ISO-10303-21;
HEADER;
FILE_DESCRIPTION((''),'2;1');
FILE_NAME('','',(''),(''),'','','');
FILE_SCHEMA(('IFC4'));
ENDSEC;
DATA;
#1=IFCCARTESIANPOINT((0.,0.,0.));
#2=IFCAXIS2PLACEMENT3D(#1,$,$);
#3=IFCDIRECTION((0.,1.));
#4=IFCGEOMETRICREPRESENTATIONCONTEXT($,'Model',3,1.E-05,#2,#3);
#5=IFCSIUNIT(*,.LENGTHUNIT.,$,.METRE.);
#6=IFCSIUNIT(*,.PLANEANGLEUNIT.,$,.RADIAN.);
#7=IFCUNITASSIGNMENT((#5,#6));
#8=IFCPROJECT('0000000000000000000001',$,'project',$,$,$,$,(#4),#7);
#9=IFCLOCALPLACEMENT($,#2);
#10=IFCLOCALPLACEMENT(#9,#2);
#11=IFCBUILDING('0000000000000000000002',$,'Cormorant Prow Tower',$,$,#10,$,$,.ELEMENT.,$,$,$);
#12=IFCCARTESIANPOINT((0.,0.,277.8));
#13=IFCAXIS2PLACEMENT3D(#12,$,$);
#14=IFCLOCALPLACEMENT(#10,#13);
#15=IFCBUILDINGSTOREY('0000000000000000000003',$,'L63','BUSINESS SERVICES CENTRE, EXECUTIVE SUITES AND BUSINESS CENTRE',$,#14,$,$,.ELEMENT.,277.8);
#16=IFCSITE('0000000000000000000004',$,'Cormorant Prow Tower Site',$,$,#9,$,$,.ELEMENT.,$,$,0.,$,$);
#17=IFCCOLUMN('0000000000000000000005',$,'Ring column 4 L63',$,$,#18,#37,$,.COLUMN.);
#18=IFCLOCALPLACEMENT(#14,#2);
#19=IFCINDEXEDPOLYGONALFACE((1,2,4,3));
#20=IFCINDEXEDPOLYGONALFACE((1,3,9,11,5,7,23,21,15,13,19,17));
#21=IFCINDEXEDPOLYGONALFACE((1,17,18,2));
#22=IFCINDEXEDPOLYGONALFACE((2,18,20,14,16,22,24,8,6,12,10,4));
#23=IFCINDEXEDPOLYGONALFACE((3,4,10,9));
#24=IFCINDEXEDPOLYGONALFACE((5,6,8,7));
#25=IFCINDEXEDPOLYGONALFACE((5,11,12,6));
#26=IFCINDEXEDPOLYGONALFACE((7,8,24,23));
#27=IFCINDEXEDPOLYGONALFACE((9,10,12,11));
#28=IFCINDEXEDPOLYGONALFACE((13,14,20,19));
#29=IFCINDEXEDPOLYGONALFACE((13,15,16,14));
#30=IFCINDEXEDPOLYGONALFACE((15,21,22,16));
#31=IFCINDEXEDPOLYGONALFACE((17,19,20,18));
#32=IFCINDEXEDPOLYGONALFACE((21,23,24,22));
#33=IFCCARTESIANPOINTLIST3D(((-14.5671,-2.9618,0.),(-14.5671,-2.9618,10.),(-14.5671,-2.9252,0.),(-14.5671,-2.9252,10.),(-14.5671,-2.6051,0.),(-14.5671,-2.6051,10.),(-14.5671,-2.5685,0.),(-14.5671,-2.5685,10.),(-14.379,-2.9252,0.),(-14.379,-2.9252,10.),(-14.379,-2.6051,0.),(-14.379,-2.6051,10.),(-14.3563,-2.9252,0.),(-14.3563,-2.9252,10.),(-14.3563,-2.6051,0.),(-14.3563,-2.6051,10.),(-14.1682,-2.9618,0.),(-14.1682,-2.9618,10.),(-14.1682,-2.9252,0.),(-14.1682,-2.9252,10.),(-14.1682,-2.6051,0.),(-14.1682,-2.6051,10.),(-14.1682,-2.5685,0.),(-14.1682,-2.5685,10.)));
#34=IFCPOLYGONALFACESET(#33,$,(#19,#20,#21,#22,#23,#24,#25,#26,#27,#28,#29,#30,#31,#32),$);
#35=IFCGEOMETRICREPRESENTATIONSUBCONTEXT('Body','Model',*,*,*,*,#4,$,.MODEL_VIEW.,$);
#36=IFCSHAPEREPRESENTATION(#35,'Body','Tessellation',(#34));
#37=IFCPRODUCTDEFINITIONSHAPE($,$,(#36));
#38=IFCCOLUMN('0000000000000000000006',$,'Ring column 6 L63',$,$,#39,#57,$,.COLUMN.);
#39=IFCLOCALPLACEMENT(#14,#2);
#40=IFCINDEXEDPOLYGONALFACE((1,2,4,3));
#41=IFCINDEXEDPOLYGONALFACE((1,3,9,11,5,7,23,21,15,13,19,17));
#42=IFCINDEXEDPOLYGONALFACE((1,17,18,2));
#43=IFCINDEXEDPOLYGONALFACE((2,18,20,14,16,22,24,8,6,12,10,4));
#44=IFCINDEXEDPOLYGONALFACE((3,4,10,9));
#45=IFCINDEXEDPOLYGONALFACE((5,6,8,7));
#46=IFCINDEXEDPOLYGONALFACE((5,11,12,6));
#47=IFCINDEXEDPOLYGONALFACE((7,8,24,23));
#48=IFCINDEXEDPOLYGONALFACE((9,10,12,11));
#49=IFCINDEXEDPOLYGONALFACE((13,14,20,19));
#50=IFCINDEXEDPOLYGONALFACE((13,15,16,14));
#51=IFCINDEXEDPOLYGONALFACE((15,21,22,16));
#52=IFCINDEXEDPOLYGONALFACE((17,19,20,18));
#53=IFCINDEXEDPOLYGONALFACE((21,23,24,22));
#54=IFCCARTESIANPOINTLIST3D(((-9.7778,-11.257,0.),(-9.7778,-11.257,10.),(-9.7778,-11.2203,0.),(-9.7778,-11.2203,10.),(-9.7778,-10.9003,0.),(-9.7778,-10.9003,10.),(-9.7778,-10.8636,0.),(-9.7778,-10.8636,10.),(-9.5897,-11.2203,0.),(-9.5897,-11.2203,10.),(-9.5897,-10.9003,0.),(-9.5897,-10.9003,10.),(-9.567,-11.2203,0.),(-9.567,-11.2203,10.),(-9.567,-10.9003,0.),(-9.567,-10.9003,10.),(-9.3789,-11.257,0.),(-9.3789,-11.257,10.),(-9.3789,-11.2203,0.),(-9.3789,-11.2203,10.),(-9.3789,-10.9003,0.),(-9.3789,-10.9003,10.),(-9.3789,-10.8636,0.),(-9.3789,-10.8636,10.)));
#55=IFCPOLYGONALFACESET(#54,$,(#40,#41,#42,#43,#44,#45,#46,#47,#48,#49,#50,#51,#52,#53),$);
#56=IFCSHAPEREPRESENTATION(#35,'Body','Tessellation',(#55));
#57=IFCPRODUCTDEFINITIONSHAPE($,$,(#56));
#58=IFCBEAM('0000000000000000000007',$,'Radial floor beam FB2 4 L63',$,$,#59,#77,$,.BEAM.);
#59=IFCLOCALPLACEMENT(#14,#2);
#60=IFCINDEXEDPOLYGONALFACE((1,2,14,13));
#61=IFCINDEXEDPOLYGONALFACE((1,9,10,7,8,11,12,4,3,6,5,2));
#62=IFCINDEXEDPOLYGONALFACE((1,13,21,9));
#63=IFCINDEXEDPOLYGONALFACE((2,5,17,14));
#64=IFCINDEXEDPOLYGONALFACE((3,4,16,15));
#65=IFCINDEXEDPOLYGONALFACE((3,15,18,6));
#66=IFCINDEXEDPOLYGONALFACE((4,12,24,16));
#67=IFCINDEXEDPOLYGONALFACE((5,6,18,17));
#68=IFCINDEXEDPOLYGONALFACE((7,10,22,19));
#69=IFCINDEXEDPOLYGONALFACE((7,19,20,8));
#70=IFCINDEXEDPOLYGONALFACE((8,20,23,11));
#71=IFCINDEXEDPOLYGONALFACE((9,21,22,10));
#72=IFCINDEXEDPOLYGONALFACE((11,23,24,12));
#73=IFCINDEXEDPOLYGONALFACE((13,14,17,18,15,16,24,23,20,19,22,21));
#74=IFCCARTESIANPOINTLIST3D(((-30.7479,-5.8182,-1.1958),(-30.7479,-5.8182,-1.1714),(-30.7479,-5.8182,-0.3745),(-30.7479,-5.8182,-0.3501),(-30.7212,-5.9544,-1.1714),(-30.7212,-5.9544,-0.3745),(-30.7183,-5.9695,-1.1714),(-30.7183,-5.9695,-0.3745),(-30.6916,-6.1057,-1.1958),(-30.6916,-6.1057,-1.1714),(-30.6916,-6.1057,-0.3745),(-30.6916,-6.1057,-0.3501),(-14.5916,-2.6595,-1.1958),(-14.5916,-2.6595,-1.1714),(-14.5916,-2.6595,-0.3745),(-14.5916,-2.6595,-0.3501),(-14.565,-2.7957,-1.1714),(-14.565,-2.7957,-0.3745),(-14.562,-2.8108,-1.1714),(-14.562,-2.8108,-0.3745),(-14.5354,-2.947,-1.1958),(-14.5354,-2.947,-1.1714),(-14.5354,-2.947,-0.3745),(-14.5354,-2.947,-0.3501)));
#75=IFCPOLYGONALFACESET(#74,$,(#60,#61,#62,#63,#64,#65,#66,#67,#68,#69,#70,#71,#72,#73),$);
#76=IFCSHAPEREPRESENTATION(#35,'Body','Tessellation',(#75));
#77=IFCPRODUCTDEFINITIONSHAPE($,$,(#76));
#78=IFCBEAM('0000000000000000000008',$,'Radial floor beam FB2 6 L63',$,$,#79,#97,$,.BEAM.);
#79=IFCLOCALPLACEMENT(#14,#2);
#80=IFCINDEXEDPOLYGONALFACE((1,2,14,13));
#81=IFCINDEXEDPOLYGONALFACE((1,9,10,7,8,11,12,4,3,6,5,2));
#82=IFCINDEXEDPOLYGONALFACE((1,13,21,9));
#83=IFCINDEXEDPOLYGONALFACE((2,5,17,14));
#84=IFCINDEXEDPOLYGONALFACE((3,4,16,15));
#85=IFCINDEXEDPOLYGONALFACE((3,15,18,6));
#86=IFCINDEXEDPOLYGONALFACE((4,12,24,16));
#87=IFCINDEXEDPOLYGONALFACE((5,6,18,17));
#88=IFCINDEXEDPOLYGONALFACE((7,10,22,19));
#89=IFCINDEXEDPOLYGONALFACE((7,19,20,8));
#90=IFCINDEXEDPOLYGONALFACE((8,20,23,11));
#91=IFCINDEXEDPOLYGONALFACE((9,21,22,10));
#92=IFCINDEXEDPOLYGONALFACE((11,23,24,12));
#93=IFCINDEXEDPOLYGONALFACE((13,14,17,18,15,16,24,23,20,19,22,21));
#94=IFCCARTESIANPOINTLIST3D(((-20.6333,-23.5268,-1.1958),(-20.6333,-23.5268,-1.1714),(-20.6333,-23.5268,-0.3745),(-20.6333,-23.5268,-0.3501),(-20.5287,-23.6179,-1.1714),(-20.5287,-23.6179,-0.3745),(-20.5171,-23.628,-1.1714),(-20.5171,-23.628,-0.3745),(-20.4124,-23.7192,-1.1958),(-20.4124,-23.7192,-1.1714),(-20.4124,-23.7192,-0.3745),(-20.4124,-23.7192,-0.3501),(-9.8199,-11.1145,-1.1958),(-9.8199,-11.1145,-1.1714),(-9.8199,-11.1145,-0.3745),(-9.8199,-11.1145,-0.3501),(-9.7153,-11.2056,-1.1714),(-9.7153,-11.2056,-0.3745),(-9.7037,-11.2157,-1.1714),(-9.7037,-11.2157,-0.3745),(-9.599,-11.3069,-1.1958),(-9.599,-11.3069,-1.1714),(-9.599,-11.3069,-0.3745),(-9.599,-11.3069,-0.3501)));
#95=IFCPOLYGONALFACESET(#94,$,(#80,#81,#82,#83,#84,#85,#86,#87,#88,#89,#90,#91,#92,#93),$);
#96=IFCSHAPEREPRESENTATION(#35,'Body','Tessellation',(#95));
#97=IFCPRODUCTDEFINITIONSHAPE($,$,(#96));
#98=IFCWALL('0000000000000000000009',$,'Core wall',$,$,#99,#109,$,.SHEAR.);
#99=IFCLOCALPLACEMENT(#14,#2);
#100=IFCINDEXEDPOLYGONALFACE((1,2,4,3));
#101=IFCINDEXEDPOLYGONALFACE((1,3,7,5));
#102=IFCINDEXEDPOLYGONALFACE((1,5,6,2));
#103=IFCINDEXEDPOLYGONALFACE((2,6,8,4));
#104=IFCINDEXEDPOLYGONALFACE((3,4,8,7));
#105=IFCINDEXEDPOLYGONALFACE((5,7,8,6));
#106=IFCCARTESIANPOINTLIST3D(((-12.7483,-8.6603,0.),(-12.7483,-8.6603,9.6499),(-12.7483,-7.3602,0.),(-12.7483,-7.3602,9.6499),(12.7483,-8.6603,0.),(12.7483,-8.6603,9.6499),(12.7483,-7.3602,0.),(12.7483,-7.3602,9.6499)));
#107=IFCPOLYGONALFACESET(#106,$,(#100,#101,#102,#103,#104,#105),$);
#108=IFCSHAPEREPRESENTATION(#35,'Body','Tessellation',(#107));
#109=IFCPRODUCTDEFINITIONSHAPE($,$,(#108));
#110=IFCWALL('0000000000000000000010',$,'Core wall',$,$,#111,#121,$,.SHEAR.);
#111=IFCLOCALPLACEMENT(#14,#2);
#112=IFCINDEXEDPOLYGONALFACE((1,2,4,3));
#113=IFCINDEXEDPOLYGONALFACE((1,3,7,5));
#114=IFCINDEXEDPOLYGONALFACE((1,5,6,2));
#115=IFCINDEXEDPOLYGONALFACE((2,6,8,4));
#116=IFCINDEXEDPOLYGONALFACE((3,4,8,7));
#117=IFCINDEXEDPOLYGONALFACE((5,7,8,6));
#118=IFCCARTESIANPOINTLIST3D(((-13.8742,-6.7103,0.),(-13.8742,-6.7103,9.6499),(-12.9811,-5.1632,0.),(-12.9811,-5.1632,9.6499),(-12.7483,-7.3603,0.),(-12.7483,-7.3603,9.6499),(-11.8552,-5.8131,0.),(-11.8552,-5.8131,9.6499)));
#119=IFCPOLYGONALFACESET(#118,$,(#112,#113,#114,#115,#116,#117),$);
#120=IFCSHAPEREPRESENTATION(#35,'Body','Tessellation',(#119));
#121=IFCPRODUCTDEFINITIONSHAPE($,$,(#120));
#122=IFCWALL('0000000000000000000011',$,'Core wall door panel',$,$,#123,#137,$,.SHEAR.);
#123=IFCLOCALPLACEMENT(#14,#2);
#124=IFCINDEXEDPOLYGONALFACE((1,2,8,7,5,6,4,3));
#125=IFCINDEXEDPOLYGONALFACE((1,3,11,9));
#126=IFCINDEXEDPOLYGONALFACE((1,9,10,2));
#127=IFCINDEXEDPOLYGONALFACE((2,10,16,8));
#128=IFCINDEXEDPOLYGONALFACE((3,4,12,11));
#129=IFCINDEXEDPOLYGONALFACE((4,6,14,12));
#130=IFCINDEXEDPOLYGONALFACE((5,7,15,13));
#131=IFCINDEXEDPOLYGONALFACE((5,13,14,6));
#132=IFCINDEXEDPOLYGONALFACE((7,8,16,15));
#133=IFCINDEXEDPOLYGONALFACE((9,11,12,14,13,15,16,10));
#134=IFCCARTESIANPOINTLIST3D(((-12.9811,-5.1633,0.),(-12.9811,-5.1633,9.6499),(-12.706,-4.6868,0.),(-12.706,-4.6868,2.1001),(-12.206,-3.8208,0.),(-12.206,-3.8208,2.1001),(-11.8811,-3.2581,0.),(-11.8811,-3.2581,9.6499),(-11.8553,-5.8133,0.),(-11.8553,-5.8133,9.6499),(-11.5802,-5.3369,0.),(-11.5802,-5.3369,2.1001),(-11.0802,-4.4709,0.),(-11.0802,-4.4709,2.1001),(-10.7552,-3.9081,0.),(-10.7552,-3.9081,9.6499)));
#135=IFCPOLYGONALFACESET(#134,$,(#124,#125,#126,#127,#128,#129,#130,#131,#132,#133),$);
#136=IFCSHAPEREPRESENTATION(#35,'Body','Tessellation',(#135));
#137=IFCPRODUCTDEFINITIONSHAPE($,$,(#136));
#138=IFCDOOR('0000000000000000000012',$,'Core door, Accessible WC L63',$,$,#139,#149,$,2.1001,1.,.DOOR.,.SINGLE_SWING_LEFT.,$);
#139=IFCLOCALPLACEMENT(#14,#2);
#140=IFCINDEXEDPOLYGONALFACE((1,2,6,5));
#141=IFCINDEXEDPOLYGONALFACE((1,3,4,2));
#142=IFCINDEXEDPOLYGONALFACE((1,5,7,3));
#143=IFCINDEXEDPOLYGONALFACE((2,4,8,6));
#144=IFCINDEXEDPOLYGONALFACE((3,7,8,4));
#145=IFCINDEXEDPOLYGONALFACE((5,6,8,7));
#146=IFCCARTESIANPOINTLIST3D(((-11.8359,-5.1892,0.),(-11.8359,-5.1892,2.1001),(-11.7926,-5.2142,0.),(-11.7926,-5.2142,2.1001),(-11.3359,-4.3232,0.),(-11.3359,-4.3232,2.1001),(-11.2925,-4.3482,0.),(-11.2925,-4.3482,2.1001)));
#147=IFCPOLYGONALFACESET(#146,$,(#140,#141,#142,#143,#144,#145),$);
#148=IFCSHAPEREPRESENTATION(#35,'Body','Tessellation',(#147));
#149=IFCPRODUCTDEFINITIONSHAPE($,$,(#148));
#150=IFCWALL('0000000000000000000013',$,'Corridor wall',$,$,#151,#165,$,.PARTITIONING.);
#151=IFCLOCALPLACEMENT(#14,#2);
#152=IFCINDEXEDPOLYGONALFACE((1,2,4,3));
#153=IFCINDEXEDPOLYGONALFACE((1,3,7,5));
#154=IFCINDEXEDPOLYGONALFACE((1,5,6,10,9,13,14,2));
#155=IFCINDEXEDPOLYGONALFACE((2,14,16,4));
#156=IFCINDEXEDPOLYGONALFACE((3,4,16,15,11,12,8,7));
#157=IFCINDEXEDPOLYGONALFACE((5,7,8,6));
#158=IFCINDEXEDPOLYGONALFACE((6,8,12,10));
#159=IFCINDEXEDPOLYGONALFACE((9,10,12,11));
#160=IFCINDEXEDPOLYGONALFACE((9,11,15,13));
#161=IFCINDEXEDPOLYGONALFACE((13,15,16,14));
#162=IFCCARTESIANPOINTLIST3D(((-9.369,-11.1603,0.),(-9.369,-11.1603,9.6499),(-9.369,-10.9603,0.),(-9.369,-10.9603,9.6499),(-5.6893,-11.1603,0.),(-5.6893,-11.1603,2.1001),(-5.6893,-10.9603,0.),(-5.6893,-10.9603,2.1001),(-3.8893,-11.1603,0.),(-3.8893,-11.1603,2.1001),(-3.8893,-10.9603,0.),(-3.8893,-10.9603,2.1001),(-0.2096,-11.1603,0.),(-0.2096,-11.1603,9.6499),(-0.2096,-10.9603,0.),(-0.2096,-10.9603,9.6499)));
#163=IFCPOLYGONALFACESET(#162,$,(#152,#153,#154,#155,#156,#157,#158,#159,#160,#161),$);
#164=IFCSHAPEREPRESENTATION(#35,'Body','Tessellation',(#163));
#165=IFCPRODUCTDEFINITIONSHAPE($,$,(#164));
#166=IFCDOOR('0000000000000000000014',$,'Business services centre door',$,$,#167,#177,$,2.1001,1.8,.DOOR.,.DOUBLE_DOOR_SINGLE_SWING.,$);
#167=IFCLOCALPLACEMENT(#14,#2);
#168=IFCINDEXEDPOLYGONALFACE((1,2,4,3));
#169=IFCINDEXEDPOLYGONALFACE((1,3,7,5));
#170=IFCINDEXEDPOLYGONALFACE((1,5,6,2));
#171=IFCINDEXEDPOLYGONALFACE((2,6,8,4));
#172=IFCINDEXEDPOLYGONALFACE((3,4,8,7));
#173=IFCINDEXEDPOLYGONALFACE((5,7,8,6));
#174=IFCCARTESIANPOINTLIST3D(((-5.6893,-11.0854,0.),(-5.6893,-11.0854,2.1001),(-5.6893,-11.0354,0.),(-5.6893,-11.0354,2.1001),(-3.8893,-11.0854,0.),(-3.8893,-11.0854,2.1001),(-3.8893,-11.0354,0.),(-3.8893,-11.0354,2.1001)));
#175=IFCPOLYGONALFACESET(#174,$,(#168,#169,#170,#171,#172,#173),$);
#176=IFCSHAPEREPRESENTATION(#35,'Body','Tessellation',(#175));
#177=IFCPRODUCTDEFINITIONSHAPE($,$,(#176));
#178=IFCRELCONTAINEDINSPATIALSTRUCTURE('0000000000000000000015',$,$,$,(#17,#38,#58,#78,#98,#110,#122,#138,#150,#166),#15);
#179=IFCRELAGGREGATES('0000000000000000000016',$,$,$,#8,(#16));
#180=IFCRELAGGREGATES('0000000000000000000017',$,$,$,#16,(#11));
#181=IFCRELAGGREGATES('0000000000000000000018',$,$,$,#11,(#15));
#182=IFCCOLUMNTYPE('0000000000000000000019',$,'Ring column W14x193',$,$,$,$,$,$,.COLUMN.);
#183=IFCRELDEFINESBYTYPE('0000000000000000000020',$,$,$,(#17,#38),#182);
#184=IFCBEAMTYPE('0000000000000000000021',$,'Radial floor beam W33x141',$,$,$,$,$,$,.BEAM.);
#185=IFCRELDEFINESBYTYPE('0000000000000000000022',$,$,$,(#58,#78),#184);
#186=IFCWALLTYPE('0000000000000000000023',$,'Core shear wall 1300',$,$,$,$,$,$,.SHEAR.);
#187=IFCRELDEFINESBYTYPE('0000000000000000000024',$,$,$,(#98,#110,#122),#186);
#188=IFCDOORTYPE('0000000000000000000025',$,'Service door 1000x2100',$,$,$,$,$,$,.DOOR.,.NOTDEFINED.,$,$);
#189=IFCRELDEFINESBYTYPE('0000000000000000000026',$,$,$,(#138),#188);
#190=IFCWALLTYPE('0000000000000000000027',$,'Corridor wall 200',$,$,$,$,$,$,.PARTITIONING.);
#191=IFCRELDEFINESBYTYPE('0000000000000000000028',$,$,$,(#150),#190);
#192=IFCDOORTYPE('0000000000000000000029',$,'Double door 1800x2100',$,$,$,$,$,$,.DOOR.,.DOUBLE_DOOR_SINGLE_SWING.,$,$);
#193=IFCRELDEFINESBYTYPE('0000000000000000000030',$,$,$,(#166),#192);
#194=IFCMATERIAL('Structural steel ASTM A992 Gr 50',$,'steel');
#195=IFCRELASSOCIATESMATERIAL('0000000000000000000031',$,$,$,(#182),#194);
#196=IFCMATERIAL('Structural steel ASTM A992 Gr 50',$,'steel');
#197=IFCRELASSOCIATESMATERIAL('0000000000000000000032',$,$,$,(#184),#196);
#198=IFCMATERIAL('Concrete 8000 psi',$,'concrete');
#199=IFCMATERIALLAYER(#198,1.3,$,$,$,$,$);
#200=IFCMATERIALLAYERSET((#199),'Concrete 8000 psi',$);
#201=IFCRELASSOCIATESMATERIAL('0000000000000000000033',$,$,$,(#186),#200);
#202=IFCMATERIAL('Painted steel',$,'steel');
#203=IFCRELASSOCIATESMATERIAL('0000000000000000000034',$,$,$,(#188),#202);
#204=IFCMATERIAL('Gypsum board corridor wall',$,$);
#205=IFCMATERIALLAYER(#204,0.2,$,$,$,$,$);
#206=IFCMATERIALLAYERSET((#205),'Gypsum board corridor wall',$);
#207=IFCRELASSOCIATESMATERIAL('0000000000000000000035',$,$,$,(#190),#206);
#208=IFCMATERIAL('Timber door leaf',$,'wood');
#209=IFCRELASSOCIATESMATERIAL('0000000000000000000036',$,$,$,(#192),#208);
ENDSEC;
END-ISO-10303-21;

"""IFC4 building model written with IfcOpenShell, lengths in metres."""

from ifc_helpers import new_model, si_unit, direction, frame, frame_2d, origin, origin_2d, place, context, subcontext, project, spatial, rectangle, i_section, extrude, material, layer, layer_set, material_profile, profile_set, type_object, element, fill, save


model = new_model("IFC4")

# Units and contexts
model_context = context("Model", 3, precision=1e-05, world=origin(), true_north=direction((0.0, 1.0)))
body_context = subcontext(model_context, "Body", "Model", "MODEL_VIEW")
ifc_project = project(units=[si_unit("LENGTHUNIT", "METRE"), si_unit("PLANEANGLEUNIT", "RADIAN")], contexts=[model_context])

# Site, building, storey
site_placement = place(None, origin())
site = spatial("IfcSite", under=ifc_project, at=site_placement, Name="Cormorant Prow Tower Site", CompositionType="ELEMENT", RefElevation=0.0)
building_placement = place(site_placement, origin())
building = spatial("IfcBuilding", under=site, at=building_placement, Name="Cormorant Prow Tower", CompositionType="ELEMENT")
storey_placement = place(building_placement, frame((0.0, 0.0, 277.8)))
storey = spatial("IfcBuildingStorey", under=building, at=storey_placement, Name="L63", Description="BUSINESS SERVICES CENTRE, EXECUTIVE SUITES AND BUSINESS CENTRE", CompositionType="ELEMENT", Elevation=277.8)

# Columns
ifc_material_1 = material(Name="Structural steel ASTM A992 Gr 50", Category="steel")
ifc_material_profile_1 = material_profile(ifc_material_1, i_section(OverallWidth=0.3989, OverallDepth=0.3933, WebThickness=0.0227, FlangeThickness=0.0366, at=origin_2d()), Name="W14x193")
ifc_profile_set_1 = profile_set([ifc_material_profile_1], Name="Structural steel ASTM A992 Gr 50")
column_type = type_object("IfcColumnType", Name="Ring column W14x193", PredefinedType="COLUMN", material=ifc_profile_set_1)
for number, where, z_axis, x_axis, name in (
    (1, (-14.3677, -2.7651, 0.0), (0.0, 0.0, 1.0), (1.0, 0.0, 0.0), "Ring column 4 L63"),
    (2, (-9.5784, -11.0603, 0.0), (0.0, 0.0, 1.0), (1.0, 0.0, 0.0), "Ring column 6 L63"),
):
    element("IfcColumn", number, at=place(storey_placement, frame(where, z_axis=z_axis, x_axis=x_axis)), inside=storey, type_object=column_type, Name=name, PredefinedType="COLUMN", context=body_context, shape_type="SweptSolid", body=[
        extrude(i_section(OverallWidth=0.3989, OverallDepth=0.3933, WebThickness=0.0227, FlangeThickness=0.0366, at=origin_2d()), origin(), (0.0, 0.0, 1.0), 10.0),
    ])

# Beams
ifc_material_2 = material(Name="Structural steel ASTM A992 Gr 50", Category="steel")
ifc_material_profile_2 = material_profile(ifc_material_2, i_section(OverallWidth=0.293, OverallDepth=0.8457, WebThickness=0.0154, FlangeThickness=0.0244, at=origin_2d()), Name="W33x141")
ifc_profile_set_2 = profile_set([ifc_material_profile_2], Name="Structural steel ASTM A992 Gr 50")
beam_type = type_object("IfcBeamType", Name="Radial floor beam W33x141", PredefinedType="BEAM", material=ifc_profile_set_2)
beam_1_placement = place(storey_placement, frame((-14.5635, -2.8032, -0.7729), z_axis=(-0.981419, -0.191876, 0.0), x_axis=(0.191876, -0.981419, 0.0)))
element("IfcBeam", 3, at=beam_1_placement, inside=storey, type_object=beam_type, Name="Radial floor beam FB2 4 L63", PredefinedType="BEAM", context=body_context, shape_type="SweptSolid", body=[
    extrude(i_section(OverallWidth=0.293, OverallDepth=0.8457, WebThickness=0.0154, FlangeThickness=0.0244, at=origin_2d()), origin(), (0.0, 0.0, 1.0), 16.4622),
])
beam_2_placement = place(storey_placement, frame((-9.7095, -11.2107, -0.7729), z_axis=(-0.656875, -0.754, 0.0), x_axis=(0.754, -0.656875, 0.0)))
element("IfcBeam", 4, at=beam_2_placement, inside=storey, type_object=beam_type, Name="Radial floor beam FB2 6 L63", PredefinedType="BEAM", context=body_context, shape_type="SweptSolid", body=[
    extrude(i_section(OverallWidth=0.293, OverallDepth=0.8457, WebThickness=0.0154, FlangeThickness=0.0244, at=origin_2d()), origin(), (0.0, 0.0, 1.0), 16.4619),
])

# Walls
ifc_material_3 = material(Name="Concrete 8000 psi", Category="concrete")
ifc_layer_1 = layer(ifc_material_3, 1.3)
ifc_layer_set_1 = layer_set([ifc_layer_1], Name="Concrete 8000 psi")
wall_type_1 = type_object("IfcWallType", Name="Core shear wall 1300", PredefinedType="SHEAR", material=ifc_layer_set_1)
wall_1_placement = place(storey_placement, frame((-12.7483, -8.0103, 0.0), z_axis=(0.0, 0.0, 1.0), x_axis=(1.0, 0.0, 0.0)))
element("IfcWall", 5, at=wall_1_placement, inside=storey, type_object=wall_type_1, Name="Core wall", PredefinedType="SHEAR", context=body_context, shape_type="SweptSolid", body=[
    extrude(rectangle(XDim=25.4966, YDim=1.3, at=frame_2d((12.7483, 0.0))), origin(), (0.0, 0.0, 1.0), 9.6499),
])
wall_2_placement = place(storey_placement, frame((-12.4182, -5.4883, 0.0), z_axis=(0.0, 0.0, 1.0), x_axis=(-0.499931, -0.866065, 0.0)))
element("IfcWall", 6, at=wall_2_placement, inside=storey, type_object=wall_type_1, Name="Core wall", PredefinedType="SHEAR", context=body_context, shape_type="SweptSolid", body=[
    extrude(rectangle(XDim=1.7864, YDim=1.3, at=frame_2d((0.8931, 0.0))), origin(), (0.0, 0.0, 1.0), 9.6499),
])

# Walls, openings, doors
wall_3_placement = place(storey_placement, frame((-11.3181, -3.583, 0.0), z_axis=(0.0, 0.0, 1.0), x_axis=(-0.50003, -0.866008, 0.0)))
wall_3 = element("IfcWall", 7, at=wall_3_placement, inside=storey, type_object=wall_type_1, Name="Core wall door panel", PredefinedType="SHEAR", context=body_context, shape_type="SweptSolid", body=[
    extrude(rectangle(XDim=2.2, YDim=1.3, at=frame_2d((1.1001, 0.0))), origin(), (0.0, 0.0, 1.0), 9.6499),
])
opening_1_placement = place(wall_3_placement, frame((0.6499, 0.0, 0.0)))
opening_1 = element("IfcOpeningElement", 8, at=opening_1_placement, cuts=wall_3, PredefinedType="OPENING", context=body_context, shape_type="SweptSolid", body=[
    extrude(rectangle(XDim=1.0, YDim=2.1001, at=frame_2d((0.5, 1.05))), frame((0.0, 0.6599, 0.0), z_axis=(0.0, -1.0, 0.0), x_axis=(1.0, 0.0, 0.0)), (0.0, 0.0, 1.0), 1.3201),
])
ifc_material_4 = material(Name="Painted steel", Category="steel")
door_type_1 = type_object("IfcDoorType", Name="Service door 1000x2100", OperationType="NOTDEFINED", PredefinedType="DOOR", material=ifc_material_4)
door_1_placement = place(opening_1_placement, origin())
door_1 = element("IfcDoor", 9, at=door_1_placement, inside=storey, type_object=door_type_1, Name="Core door, Accessible WC L63", OperationType="SINGLE_SWING_LEFT", OverallHeight=2.1001, OverallWidth=1.0, PredefinedType="DOOR", context=body_context, shape_type="SweptSolid", body=[
    extrude(rectangle(XDim=1.0, YDim=2.1001, at=frame_2d((0.5, 1.05))), frame((0.0, 0.4048, 0.0), z_axis=(0.0, -1.0, 0.0), x_axis=(1.0, 0.0, 0.0)), (0.0, 0.0, 1.0), 0.05),
])
fill(opening_1, door_1)
ifc_material_5 = material(Name="Gypsum board corridor wall")
ifc_layer_2 = layer(ifc_material_5, 0.2)
ifc_layer_set_2 = layer_set([ifc_layer_2], Name="Gypsum board corridor wall")
wall_type_2 = type_object("IfcWallType", Name="Corridor wall 200", PredefinedType="PARTITIONING", material=ifc_layer_set_2)
wall_4_placement = place(storey_placement, frame((-9.3689, -11.0603, 0.0), z_axis=(0.0, 0.0, 1.0), x_axis=(1.0, 0.0, 0.0)))
wall_4 = element("IfcWall", 10, at=wall_4_placement, inside=storey, type_object=wall_type_2, Name="Corridor wall", PredefinedType="PARTITIONING", context=body_context, shape_type="SweptSolid", body=[
    extrude(rectangle(XDim=9.1594, YDim=0.2, at=frame_2d((4.5796, 0.0))), origin(), (0.0, 0.0, 1.0), 9.6499),
])
opening_2_placement = place(wall_4_placement, frame((3.6797, 0.0, 0.0)))
opening_2 = element("IfcOpeningElement", 11, at=opening_2_placement, cuts=wall_4, PredefinedType="OPENING", context=body_context, shape_type="SweptSolid", body=[
    extrude(rectangle(XDim=1.8, YDim=2.1001, at=frame_2d((0.8999, 1.05))), frame((0.0, 0.1099, 0.0), z_axis=(0.0, -1.0, 0.0), x_axis=(1.0, 0.0, 0.0)), (0.0, 0.0, 1.0), 0.22),
])
ifc_material_6 = material(Name="Timber door leaf", Category="wood")
door_type_2 = type_object("IfcDoorType", Name="Double door 1800x2100", OperationType="DOUBLE_DOOR_SINGLE_SWING", PredefinedType="DOOR", material=ifc_material_6)
door_2_placement = place(opening_2_placement, origin())
door_2 = element("IfcDoor", 12, at=door_2_placement, inside=storey, type_object=door_type_2, Name="Business services centre door", OperationType="DOUBLE_DOOR_SINGLE_SWING", OverallHeight=2.1001, OverallWidth=1.8, PredefinedType="DOOR", context=body_context, shape_type="SweptSolid", body=[
    extrude(rectangle(XDim=1.8, YDim=2.1001, at=frame_2d((0.8999, 1.05))), frame((0.0, 0.0249, 0.0), z_axis=(0.0, -1.0, 0.0), x_axis=(1.0, 0.0, 0.0)), (0.0, 0.0, 1.0), 0.05),
])
fill(opening_2, door_2)

save(model, "model.ifc")
